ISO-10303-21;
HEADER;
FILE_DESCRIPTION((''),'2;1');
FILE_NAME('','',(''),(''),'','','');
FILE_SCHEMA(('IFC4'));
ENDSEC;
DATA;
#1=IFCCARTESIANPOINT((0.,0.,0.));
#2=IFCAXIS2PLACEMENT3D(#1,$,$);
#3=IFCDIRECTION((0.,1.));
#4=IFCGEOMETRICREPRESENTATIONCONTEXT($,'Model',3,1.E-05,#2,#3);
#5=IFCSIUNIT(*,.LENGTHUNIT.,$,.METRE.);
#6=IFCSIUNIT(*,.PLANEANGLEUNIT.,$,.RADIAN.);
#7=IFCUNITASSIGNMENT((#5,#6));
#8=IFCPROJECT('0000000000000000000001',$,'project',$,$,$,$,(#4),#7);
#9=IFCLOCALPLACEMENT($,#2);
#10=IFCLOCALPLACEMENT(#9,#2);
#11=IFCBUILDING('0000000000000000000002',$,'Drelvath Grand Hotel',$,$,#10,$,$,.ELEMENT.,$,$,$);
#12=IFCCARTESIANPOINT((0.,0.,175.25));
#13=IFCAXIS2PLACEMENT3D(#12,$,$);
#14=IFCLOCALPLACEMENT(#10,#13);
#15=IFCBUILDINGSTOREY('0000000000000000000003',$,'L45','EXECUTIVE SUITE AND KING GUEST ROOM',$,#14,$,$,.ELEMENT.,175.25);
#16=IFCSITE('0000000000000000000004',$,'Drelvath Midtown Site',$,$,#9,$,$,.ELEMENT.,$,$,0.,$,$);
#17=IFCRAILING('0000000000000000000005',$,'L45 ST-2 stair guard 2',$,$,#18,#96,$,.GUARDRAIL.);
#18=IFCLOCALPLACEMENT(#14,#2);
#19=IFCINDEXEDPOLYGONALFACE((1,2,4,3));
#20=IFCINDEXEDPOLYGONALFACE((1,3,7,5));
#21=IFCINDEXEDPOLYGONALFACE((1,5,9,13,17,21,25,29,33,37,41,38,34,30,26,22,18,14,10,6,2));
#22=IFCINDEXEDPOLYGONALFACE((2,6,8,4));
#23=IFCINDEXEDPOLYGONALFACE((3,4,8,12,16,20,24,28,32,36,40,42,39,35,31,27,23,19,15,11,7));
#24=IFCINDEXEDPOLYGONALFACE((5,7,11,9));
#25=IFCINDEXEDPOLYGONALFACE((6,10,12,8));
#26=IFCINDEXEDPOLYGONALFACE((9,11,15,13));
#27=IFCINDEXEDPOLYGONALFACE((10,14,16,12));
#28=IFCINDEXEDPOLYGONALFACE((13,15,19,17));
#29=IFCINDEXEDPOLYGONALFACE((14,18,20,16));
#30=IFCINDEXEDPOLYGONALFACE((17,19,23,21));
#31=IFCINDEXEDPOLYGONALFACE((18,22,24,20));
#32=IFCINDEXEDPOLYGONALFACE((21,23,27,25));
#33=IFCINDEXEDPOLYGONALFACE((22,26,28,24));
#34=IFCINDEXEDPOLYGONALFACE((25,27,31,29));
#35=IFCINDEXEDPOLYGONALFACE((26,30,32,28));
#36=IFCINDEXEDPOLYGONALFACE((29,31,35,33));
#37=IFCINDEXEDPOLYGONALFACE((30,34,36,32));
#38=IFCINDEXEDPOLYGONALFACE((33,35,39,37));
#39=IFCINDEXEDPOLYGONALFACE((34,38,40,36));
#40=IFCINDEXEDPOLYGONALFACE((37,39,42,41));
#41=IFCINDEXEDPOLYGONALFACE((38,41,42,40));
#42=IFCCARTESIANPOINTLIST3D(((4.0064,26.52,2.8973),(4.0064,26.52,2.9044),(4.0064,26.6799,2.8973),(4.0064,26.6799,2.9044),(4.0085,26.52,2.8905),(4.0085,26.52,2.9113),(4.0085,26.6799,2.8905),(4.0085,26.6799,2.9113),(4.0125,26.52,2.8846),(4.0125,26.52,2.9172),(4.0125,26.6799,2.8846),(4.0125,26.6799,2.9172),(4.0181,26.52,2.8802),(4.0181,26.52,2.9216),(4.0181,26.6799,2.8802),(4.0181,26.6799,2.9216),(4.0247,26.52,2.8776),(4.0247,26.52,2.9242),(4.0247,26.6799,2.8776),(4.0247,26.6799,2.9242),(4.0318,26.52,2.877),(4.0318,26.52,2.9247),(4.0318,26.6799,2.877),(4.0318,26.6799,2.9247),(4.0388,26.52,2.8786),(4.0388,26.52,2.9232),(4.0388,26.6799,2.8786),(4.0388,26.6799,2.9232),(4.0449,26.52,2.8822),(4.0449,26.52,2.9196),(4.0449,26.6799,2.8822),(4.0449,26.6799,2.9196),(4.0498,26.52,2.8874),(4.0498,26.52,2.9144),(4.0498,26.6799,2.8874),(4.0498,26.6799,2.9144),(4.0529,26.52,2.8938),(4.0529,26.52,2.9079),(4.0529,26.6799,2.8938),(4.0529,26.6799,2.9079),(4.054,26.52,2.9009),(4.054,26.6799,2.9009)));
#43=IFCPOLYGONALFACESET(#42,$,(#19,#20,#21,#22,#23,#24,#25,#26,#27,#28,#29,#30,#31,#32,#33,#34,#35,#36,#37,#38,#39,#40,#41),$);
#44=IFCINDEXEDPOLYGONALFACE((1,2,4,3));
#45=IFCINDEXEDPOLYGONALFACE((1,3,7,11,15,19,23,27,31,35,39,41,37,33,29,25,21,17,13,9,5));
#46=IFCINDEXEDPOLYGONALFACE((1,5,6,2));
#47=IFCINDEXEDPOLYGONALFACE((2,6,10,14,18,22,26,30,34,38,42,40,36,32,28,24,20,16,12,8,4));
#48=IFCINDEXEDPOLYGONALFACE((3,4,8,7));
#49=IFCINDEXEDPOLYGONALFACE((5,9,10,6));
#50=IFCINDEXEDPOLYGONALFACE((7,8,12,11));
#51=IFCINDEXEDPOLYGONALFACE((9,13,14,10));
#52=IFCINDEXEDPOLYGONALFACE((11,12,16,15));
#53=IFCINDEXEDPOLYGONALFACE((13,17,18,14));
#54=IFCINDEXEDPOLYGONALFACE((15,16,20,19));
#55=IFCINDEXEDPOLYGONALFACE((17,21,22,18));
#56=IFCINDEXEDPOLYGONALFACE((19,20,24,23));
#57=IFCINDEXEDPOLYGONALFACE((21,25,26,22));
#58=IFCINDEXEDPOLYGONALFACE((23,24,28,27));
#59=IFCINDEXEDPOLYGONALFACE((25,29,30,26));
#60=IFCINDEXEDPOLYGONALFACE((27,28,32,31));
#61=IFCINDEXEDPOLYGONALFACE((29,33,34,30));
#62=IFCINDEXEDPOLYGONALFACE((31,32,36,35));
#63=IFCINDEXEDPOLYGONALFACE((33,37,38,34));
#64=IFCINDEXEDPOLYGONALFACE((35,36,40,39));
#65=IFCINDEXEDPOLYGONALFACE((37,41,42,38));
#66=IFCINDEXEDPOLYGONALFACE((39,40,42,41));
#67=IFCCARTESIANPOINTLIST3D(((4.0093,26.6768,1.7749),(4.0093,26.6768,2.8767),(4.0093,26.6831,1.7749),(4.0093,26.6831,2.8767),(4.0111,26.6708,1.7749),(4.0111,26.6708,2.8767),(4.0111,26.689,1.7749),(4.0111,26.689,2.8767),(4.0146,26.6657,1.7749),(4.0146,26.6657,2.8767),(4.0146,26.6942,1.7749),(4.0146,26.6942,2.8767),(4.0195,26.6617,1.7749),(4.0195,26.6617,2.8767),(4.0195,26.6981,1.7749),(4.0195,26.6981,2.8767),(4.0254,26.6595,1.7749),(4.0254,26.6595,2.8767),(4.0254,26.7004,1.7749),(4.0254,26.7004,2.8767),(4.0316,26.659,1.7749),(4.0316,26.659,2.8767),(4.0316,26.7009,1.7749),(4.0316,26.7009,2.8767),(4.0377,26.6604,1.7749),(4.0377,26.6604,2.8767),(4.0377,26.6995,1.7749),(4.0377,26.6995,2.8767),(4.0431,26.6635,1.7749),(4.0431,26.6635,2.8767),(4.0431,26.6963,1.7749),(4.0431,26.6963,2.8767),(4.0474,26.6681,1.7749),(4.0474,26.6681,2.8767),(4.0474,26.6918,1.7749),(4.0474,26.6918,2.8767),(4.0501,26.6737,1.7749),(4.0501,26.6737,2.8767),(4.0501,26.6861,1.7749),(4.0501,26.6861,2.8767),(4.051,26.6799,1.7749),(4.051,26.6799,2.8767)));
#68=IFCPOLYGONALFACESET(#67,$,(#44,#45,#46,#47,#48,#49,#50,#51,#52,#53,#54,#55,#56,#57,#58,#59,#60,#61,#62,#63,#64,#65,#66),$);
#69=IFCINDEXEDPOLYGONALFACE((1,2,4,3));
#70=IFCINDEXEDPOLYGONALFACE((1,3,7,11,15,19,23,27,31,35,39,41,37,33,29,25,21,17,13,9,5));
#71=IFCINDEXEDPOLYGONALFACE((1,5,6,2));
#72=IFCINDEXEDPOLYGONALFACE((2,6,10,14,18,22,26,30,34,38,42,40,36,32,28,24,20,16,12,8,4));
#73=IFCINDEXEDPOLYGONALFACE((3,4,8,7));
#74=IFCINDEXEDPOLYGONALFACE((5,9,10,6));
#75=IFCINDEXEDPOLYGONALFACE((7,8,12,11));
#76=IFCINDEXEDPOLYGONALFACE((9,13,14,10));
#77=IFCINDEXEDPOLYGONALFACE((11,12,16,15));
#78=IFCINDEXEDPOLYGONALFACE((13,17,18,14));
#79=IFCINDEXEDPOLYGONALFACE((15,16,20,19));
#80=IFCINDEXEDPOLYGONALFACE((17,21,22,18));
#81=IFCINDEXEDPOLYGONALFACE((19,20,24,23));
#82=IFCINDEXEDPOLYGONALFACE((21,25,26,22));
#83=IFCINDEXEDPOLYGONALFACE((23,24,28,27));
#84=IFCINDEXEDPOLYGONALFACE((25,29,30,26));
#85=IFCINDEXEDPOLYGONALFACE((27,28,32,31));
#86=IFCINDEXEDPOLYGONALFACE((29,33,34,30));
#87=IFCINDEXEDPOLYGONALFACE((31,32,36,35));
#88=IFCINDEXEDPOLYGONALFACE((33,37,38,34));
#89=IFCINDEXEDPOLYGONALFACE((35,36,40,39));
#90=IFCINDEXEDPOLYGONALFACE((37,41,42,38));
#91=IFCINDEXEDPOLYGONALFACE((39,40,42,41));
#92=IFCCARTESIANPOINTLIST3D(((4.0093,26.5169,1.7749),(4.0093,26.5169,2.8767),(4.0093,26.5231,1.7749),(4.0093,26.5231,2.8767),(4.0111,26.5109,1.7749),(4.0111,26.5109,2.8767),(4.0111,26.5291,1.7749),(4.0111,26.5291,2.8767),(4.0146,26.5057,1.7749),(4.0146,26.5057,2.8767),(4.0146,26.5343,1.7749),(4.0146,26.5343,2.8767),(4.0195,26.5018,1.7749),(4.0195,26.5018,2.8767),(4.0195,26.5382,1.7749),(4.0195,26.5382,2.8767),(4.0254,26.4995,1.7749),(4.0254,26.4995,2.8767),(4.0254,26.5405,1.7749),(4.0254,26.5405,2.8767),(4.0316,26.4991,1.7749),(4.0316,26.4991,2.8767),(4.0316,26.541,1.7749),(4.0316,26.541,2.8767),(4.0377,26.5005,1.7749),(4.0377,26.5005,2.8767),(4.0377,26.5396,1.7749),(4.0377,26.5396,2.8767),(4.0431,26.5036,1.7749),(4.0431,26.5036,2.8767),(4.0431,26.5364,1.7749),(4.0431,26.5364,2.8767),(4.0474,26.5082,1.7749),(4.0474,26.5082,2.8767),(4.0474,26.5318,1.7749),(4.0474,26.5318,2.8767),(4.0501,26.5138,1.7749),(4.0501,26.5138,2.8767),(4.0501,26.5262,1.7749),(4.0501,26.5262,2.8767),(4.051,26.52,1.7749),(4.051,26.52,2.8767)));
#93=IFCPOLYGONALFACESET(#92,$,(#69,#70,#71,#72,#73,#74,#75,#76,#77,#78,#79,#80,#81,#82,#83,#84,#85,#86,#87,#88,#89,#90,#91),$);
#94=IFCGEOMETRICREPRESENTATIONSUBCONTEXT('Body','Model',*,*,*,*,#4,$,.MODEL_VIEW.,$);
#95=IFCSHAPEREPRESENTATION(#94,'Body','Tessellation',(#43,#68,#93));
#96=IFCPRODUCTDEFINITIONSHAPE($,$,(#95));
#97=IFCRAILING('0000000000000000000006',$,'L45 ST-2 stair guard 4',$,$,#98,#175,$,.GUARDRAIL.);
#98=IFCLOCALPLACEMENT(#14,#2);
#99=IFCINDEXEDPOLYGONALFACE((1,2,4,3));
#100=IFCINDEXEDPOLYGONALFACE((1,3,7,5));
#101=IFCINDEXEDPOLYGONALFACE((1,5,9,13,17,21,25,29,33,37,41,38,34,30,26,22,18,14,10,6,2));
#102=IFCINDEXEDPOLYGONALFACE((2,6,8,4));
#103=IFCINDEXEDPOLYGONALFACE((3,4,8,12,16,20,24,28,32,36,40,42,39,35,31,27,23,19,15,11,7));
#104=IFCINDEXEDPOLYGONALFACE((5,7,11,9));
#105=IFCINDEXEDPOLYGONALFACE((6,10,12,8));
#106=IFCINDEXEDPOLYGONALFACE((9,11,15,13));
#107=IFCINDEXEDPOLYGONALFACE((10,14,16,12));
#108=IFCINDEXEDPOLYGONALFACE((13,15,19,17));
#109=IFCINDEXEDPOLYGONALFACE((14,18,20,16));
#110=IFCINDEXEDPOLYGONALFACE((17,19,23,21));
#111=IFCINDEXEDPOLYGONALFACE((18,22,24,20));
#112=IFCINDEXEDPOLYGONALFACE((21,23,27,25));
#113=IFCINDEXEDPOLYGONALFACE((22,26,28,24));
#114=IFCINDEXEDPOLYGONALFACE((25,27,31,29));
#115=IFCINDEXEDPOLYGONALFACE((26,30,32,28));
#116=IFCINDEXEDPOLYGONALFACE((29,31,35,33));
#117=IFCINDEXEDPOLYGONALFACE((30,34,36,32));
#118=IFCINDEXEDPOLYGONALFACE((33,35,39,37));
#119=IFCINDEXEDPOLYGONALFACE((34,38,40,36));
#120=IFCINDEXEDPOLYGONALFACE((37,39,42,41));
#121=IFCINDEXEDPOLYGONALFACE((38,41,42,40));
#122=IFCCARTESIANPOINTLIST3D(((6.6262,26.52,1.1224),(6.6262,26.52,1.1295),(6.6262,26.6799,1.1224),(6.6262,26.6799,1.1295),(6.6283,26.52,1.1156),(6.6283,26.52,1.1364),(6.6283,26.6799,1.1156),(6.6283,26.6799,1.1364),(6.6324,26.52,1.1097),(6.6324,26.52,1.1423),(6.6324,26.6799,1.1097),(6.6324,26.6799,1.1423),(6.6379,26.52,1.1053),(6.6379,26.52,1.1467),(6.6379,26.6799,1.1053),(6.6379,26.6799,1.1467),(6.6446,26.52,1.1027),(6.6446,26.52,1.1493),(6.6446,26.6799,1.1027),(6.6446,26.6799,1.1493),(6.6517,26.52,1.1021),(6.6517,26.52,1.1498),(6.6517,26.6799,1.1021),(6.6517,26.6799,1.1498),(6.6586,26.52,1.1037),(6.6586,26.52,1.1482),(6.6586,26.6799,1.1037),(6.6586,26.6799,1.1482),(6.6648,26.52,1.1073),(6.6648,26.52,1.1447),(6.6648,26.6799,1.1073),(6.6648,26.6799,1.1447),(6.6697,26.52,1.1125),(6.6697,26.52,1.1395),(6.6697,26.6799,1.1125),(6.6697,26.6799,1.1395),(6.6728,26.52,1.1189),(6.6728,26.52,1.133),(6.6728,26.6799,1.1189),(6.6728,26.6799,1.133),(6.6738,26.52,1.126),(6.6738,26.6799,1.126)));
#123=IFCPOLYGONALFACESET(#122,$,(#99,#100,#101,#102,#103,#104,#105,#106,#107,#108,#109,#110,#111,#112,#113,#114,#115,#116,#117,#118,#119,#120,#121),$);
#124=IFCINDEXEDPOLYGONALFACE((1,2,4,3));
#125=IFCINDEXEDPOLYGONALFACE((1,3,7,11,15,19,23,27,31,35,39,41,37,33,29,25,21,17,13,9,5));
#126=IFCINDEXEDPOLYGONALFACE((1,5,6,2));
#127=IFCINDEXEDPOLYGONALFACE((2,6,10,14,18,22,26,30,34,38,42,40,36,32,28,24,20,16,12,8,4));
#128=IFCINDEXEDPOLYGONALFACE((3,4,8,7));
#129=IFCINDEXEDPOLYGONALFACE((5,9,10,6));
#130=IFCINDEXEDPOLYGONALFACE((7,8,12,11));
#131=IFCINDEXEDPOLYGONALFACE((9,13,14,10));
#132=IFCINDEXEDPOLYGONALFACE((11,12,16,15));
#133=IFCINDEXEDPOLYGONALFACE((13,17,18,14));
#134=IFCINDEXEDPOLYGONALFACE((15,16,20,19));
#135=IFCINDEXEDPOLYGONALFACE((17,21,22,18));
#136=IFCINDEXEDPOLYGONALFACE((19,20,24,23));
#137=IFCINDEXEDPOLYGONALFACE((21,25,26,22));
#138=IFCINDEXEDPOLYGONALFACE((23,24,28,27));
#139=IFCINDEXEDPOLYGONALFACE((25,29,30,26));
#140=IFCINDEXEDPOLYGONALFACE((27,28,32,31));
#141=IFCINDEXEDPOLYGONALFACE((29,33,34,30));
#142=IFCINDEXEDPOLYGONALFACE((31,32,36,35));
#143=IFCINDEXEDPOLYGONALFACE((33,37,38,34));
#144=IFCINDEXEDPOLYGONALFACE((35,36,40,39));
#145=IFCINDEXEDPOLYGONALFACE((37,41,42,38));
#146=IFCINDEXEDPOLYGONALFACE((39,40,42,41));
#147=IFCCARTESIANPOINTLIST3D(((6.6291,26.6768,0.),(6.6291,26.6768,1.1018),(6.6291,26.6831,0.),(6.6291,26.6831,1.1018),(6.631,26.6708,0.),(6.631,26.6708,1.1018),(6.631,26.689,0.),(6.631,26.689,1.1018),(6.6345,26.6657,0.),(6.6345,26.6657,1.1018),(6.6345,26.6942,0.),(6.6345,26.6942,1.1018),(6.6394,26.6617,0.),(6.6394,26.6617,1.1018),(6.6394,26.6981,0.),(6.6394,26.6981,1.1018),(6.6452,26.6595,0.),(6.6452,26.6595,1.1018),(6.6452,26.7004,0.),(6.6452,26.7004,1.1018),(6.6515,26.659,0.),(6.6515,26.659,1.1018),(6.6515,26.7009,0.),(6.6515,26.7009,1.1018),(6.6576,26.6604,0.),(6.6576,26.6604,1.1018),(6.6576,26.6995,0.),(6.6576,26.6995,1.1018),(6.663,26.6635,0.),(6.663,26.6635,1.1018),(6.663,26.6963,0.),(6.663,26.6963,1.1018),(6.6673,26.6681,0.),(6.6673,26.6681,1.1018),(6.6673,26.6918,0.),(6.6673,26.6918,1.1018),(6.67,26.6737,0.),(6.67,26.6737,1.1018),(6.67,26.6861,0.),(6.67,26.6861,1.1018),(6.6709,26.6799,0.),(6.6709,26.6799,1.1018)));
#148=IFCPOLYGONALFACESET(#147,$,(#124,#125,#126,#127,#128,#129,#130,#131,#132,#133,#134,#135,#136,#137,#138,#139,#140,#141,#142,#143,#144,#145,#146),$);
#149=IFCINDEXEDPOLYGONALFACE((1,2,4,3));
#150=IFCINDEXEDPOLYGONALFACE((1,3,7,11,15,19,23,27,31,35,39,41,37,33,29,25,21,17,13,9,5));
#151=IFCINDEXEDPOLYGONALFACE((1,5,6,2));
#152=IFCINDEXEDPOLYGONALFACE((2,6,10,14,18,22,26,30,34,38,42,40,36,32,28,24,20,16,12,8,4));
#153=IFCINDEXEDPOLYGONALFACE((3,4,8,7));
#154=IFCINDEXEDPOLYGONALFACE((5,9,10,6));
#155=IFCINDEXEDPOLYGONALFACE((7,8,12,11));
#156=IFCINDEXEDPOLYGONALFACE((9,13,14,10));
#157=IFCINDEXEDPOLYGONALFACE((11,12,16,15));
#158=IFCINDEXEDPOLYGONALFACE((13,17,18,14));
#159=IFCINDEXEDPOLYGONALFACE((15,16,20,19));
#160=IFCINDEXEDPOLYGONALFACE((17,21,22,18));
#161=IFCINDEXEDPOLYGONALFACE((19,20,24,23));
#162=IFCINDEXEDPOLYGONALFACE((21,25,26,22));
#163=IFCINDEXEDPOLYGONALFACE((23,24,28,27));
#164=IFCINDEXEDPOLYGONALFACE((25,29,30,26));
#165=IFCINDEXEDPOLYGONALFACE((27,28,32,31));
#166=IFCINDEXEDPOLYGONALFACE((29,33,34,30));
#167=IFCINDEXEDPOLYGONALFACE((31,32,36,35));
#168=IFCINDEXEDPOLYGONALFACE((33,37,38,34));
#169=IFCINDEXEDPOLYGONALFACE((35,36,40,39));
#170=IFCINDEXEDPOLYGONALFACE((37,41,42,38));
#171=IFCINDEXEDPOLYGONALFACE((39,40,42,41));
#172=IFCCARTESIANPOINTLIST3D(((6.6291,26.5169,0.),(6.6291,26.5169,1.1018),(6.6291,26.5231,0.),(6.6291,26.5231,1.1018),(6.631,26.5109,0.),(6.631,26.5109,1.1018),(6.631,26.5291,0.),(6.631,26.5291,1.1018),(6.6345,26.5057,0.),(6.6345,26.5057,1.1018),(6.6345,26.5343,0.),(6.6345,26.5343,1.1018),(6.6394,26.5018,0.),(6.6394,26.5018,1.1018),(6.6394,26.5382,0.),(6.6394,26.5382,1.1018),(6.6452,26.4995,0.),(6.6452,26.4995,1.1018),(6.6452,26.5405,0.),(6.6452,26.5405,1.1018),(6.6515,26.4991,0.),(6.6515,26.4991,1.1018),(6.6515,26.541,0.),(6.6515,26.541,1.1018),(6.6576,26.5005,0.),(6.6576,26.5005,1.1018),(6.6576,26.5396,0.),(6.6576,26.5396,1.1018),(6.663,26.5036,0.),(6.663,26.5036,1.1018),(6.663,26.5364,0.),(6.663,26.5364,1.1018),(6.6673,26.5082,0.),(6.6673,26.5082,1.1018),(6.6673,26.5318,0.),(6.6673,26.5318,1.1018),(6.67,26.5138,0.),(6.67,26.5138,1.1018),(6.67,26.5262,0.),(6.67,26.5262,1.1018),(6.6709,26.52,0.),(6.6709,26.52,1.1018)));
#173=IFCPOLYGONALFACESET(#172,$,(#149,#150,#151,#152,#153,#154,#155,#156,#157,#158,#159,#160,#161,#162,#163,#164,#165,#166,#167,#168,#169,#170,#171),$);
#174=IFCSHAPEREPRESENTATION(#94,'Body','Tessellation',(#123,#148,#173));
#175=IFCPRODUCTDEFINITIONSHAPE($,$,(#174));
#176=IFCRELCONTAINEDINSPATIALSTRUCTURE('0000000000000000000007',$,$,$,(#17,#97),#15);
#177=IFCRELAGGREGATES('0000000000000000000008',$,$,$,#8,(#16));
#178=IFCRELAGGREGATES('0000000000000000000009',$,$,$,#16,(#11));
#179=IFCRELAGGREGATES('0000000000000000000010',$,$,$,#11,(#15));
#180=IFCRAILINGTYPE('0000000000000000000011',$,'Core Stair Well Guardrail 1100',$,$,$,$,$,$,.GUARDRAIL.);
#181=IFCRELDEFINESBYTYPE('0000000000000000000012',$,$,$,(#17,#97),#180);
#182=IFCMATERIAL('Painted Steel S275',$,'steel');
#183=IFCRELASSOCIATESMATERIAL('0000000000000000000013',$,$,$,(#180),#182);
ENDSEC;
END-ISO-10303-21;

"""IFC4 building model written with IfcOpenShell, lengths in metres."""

from ifc_helpers import new_model, si_unit, direction, frame, origin, origin_2d, place, context, subcontext, project, spatial, circle, extrude, material, type_object, element, save


model = new_model("IFC4")

# Units and contexts
model_context = context("Model", 3, precision=1e-05, world=origin(), true_north=direction((0.0, 1.0)))
body_context = subcontext(model_context, "Body", "Model", "MODEL_VIEW")
ifc_project = project(units=[si_unit("LENGTHUNIT", "METRE"), si_unit("PLANEANGLEUNIT", "RADIAN")], contexts=[model_context])

# Site, building, storey
site_placement = place(None, origin())
site = spatial("IfcSite", under=ifc_project, at=site_placement, Name="Drelvath Midtown Site", CompositionType="ELEMENT", RefElevation=0.0)
building_placement = place(site_placement, origin())
building = spatial("IfcBuilding", under=site, at=building_placement, Name="Drelvath Grand Hotel", CompositionType="ELEMENT")
storey_placement = place(building_placement, frame((0.0, 0.0, 175.25)))
storey = spatial("IfcBuildingStorey", under=building, at=storey_placement, Name="L45", Description="EXECUTIVE SUITE AND KING GUEST ROOM", CompositionType="ELEMENT", Elevation=175.25)

# Shared definitions
ifc_material_1 = material(Name="Painted Steel S275", Category="steel")

# Railings
railing_type_1 = type_object("IfcRailingType", Name="Core Stair Well Guardrail 1100", PredefinedType="GUARDRAIL", material=ifc_material_1)
for number, where, name in (
    (1, (4.03, 26.6799, 1.7749), "L45 ST-2 stair guard 2"),
    (2, (6.6499, 26.6799, 0.0), "L45 ST-2 stair guard 4"),
):
    element("IfcRailing", number, at=place(storey_placement, frame(where)), inside=storey, type_object=railing_type_1, Name=name, PredefinedType="GUARDRAIL", context=body_context, shape_type="SweptSolid", body=[
        extrude(circle(Radius=0.0239, at=origin_2d()), frame((0.0, 0.0, 1.126), z_axis=(0.0, -1.0, 0.0), x_axis=(1.0, 0.0, 0.0)), (0.0, 0.0, 1.0), 0.1599),
        extrude(circle(Radius=0.021, at=origin_2d()), origin(), (0.0, 0.0, 1.0), 1.1018),
        extrude(circle(Radius=0.021, at=origin_2d()), frame((0.0, -0.1599, 0.0)), (0.0, 0.0, 1.0), 1.1018),
    ])

save(model, "model.ifc")
